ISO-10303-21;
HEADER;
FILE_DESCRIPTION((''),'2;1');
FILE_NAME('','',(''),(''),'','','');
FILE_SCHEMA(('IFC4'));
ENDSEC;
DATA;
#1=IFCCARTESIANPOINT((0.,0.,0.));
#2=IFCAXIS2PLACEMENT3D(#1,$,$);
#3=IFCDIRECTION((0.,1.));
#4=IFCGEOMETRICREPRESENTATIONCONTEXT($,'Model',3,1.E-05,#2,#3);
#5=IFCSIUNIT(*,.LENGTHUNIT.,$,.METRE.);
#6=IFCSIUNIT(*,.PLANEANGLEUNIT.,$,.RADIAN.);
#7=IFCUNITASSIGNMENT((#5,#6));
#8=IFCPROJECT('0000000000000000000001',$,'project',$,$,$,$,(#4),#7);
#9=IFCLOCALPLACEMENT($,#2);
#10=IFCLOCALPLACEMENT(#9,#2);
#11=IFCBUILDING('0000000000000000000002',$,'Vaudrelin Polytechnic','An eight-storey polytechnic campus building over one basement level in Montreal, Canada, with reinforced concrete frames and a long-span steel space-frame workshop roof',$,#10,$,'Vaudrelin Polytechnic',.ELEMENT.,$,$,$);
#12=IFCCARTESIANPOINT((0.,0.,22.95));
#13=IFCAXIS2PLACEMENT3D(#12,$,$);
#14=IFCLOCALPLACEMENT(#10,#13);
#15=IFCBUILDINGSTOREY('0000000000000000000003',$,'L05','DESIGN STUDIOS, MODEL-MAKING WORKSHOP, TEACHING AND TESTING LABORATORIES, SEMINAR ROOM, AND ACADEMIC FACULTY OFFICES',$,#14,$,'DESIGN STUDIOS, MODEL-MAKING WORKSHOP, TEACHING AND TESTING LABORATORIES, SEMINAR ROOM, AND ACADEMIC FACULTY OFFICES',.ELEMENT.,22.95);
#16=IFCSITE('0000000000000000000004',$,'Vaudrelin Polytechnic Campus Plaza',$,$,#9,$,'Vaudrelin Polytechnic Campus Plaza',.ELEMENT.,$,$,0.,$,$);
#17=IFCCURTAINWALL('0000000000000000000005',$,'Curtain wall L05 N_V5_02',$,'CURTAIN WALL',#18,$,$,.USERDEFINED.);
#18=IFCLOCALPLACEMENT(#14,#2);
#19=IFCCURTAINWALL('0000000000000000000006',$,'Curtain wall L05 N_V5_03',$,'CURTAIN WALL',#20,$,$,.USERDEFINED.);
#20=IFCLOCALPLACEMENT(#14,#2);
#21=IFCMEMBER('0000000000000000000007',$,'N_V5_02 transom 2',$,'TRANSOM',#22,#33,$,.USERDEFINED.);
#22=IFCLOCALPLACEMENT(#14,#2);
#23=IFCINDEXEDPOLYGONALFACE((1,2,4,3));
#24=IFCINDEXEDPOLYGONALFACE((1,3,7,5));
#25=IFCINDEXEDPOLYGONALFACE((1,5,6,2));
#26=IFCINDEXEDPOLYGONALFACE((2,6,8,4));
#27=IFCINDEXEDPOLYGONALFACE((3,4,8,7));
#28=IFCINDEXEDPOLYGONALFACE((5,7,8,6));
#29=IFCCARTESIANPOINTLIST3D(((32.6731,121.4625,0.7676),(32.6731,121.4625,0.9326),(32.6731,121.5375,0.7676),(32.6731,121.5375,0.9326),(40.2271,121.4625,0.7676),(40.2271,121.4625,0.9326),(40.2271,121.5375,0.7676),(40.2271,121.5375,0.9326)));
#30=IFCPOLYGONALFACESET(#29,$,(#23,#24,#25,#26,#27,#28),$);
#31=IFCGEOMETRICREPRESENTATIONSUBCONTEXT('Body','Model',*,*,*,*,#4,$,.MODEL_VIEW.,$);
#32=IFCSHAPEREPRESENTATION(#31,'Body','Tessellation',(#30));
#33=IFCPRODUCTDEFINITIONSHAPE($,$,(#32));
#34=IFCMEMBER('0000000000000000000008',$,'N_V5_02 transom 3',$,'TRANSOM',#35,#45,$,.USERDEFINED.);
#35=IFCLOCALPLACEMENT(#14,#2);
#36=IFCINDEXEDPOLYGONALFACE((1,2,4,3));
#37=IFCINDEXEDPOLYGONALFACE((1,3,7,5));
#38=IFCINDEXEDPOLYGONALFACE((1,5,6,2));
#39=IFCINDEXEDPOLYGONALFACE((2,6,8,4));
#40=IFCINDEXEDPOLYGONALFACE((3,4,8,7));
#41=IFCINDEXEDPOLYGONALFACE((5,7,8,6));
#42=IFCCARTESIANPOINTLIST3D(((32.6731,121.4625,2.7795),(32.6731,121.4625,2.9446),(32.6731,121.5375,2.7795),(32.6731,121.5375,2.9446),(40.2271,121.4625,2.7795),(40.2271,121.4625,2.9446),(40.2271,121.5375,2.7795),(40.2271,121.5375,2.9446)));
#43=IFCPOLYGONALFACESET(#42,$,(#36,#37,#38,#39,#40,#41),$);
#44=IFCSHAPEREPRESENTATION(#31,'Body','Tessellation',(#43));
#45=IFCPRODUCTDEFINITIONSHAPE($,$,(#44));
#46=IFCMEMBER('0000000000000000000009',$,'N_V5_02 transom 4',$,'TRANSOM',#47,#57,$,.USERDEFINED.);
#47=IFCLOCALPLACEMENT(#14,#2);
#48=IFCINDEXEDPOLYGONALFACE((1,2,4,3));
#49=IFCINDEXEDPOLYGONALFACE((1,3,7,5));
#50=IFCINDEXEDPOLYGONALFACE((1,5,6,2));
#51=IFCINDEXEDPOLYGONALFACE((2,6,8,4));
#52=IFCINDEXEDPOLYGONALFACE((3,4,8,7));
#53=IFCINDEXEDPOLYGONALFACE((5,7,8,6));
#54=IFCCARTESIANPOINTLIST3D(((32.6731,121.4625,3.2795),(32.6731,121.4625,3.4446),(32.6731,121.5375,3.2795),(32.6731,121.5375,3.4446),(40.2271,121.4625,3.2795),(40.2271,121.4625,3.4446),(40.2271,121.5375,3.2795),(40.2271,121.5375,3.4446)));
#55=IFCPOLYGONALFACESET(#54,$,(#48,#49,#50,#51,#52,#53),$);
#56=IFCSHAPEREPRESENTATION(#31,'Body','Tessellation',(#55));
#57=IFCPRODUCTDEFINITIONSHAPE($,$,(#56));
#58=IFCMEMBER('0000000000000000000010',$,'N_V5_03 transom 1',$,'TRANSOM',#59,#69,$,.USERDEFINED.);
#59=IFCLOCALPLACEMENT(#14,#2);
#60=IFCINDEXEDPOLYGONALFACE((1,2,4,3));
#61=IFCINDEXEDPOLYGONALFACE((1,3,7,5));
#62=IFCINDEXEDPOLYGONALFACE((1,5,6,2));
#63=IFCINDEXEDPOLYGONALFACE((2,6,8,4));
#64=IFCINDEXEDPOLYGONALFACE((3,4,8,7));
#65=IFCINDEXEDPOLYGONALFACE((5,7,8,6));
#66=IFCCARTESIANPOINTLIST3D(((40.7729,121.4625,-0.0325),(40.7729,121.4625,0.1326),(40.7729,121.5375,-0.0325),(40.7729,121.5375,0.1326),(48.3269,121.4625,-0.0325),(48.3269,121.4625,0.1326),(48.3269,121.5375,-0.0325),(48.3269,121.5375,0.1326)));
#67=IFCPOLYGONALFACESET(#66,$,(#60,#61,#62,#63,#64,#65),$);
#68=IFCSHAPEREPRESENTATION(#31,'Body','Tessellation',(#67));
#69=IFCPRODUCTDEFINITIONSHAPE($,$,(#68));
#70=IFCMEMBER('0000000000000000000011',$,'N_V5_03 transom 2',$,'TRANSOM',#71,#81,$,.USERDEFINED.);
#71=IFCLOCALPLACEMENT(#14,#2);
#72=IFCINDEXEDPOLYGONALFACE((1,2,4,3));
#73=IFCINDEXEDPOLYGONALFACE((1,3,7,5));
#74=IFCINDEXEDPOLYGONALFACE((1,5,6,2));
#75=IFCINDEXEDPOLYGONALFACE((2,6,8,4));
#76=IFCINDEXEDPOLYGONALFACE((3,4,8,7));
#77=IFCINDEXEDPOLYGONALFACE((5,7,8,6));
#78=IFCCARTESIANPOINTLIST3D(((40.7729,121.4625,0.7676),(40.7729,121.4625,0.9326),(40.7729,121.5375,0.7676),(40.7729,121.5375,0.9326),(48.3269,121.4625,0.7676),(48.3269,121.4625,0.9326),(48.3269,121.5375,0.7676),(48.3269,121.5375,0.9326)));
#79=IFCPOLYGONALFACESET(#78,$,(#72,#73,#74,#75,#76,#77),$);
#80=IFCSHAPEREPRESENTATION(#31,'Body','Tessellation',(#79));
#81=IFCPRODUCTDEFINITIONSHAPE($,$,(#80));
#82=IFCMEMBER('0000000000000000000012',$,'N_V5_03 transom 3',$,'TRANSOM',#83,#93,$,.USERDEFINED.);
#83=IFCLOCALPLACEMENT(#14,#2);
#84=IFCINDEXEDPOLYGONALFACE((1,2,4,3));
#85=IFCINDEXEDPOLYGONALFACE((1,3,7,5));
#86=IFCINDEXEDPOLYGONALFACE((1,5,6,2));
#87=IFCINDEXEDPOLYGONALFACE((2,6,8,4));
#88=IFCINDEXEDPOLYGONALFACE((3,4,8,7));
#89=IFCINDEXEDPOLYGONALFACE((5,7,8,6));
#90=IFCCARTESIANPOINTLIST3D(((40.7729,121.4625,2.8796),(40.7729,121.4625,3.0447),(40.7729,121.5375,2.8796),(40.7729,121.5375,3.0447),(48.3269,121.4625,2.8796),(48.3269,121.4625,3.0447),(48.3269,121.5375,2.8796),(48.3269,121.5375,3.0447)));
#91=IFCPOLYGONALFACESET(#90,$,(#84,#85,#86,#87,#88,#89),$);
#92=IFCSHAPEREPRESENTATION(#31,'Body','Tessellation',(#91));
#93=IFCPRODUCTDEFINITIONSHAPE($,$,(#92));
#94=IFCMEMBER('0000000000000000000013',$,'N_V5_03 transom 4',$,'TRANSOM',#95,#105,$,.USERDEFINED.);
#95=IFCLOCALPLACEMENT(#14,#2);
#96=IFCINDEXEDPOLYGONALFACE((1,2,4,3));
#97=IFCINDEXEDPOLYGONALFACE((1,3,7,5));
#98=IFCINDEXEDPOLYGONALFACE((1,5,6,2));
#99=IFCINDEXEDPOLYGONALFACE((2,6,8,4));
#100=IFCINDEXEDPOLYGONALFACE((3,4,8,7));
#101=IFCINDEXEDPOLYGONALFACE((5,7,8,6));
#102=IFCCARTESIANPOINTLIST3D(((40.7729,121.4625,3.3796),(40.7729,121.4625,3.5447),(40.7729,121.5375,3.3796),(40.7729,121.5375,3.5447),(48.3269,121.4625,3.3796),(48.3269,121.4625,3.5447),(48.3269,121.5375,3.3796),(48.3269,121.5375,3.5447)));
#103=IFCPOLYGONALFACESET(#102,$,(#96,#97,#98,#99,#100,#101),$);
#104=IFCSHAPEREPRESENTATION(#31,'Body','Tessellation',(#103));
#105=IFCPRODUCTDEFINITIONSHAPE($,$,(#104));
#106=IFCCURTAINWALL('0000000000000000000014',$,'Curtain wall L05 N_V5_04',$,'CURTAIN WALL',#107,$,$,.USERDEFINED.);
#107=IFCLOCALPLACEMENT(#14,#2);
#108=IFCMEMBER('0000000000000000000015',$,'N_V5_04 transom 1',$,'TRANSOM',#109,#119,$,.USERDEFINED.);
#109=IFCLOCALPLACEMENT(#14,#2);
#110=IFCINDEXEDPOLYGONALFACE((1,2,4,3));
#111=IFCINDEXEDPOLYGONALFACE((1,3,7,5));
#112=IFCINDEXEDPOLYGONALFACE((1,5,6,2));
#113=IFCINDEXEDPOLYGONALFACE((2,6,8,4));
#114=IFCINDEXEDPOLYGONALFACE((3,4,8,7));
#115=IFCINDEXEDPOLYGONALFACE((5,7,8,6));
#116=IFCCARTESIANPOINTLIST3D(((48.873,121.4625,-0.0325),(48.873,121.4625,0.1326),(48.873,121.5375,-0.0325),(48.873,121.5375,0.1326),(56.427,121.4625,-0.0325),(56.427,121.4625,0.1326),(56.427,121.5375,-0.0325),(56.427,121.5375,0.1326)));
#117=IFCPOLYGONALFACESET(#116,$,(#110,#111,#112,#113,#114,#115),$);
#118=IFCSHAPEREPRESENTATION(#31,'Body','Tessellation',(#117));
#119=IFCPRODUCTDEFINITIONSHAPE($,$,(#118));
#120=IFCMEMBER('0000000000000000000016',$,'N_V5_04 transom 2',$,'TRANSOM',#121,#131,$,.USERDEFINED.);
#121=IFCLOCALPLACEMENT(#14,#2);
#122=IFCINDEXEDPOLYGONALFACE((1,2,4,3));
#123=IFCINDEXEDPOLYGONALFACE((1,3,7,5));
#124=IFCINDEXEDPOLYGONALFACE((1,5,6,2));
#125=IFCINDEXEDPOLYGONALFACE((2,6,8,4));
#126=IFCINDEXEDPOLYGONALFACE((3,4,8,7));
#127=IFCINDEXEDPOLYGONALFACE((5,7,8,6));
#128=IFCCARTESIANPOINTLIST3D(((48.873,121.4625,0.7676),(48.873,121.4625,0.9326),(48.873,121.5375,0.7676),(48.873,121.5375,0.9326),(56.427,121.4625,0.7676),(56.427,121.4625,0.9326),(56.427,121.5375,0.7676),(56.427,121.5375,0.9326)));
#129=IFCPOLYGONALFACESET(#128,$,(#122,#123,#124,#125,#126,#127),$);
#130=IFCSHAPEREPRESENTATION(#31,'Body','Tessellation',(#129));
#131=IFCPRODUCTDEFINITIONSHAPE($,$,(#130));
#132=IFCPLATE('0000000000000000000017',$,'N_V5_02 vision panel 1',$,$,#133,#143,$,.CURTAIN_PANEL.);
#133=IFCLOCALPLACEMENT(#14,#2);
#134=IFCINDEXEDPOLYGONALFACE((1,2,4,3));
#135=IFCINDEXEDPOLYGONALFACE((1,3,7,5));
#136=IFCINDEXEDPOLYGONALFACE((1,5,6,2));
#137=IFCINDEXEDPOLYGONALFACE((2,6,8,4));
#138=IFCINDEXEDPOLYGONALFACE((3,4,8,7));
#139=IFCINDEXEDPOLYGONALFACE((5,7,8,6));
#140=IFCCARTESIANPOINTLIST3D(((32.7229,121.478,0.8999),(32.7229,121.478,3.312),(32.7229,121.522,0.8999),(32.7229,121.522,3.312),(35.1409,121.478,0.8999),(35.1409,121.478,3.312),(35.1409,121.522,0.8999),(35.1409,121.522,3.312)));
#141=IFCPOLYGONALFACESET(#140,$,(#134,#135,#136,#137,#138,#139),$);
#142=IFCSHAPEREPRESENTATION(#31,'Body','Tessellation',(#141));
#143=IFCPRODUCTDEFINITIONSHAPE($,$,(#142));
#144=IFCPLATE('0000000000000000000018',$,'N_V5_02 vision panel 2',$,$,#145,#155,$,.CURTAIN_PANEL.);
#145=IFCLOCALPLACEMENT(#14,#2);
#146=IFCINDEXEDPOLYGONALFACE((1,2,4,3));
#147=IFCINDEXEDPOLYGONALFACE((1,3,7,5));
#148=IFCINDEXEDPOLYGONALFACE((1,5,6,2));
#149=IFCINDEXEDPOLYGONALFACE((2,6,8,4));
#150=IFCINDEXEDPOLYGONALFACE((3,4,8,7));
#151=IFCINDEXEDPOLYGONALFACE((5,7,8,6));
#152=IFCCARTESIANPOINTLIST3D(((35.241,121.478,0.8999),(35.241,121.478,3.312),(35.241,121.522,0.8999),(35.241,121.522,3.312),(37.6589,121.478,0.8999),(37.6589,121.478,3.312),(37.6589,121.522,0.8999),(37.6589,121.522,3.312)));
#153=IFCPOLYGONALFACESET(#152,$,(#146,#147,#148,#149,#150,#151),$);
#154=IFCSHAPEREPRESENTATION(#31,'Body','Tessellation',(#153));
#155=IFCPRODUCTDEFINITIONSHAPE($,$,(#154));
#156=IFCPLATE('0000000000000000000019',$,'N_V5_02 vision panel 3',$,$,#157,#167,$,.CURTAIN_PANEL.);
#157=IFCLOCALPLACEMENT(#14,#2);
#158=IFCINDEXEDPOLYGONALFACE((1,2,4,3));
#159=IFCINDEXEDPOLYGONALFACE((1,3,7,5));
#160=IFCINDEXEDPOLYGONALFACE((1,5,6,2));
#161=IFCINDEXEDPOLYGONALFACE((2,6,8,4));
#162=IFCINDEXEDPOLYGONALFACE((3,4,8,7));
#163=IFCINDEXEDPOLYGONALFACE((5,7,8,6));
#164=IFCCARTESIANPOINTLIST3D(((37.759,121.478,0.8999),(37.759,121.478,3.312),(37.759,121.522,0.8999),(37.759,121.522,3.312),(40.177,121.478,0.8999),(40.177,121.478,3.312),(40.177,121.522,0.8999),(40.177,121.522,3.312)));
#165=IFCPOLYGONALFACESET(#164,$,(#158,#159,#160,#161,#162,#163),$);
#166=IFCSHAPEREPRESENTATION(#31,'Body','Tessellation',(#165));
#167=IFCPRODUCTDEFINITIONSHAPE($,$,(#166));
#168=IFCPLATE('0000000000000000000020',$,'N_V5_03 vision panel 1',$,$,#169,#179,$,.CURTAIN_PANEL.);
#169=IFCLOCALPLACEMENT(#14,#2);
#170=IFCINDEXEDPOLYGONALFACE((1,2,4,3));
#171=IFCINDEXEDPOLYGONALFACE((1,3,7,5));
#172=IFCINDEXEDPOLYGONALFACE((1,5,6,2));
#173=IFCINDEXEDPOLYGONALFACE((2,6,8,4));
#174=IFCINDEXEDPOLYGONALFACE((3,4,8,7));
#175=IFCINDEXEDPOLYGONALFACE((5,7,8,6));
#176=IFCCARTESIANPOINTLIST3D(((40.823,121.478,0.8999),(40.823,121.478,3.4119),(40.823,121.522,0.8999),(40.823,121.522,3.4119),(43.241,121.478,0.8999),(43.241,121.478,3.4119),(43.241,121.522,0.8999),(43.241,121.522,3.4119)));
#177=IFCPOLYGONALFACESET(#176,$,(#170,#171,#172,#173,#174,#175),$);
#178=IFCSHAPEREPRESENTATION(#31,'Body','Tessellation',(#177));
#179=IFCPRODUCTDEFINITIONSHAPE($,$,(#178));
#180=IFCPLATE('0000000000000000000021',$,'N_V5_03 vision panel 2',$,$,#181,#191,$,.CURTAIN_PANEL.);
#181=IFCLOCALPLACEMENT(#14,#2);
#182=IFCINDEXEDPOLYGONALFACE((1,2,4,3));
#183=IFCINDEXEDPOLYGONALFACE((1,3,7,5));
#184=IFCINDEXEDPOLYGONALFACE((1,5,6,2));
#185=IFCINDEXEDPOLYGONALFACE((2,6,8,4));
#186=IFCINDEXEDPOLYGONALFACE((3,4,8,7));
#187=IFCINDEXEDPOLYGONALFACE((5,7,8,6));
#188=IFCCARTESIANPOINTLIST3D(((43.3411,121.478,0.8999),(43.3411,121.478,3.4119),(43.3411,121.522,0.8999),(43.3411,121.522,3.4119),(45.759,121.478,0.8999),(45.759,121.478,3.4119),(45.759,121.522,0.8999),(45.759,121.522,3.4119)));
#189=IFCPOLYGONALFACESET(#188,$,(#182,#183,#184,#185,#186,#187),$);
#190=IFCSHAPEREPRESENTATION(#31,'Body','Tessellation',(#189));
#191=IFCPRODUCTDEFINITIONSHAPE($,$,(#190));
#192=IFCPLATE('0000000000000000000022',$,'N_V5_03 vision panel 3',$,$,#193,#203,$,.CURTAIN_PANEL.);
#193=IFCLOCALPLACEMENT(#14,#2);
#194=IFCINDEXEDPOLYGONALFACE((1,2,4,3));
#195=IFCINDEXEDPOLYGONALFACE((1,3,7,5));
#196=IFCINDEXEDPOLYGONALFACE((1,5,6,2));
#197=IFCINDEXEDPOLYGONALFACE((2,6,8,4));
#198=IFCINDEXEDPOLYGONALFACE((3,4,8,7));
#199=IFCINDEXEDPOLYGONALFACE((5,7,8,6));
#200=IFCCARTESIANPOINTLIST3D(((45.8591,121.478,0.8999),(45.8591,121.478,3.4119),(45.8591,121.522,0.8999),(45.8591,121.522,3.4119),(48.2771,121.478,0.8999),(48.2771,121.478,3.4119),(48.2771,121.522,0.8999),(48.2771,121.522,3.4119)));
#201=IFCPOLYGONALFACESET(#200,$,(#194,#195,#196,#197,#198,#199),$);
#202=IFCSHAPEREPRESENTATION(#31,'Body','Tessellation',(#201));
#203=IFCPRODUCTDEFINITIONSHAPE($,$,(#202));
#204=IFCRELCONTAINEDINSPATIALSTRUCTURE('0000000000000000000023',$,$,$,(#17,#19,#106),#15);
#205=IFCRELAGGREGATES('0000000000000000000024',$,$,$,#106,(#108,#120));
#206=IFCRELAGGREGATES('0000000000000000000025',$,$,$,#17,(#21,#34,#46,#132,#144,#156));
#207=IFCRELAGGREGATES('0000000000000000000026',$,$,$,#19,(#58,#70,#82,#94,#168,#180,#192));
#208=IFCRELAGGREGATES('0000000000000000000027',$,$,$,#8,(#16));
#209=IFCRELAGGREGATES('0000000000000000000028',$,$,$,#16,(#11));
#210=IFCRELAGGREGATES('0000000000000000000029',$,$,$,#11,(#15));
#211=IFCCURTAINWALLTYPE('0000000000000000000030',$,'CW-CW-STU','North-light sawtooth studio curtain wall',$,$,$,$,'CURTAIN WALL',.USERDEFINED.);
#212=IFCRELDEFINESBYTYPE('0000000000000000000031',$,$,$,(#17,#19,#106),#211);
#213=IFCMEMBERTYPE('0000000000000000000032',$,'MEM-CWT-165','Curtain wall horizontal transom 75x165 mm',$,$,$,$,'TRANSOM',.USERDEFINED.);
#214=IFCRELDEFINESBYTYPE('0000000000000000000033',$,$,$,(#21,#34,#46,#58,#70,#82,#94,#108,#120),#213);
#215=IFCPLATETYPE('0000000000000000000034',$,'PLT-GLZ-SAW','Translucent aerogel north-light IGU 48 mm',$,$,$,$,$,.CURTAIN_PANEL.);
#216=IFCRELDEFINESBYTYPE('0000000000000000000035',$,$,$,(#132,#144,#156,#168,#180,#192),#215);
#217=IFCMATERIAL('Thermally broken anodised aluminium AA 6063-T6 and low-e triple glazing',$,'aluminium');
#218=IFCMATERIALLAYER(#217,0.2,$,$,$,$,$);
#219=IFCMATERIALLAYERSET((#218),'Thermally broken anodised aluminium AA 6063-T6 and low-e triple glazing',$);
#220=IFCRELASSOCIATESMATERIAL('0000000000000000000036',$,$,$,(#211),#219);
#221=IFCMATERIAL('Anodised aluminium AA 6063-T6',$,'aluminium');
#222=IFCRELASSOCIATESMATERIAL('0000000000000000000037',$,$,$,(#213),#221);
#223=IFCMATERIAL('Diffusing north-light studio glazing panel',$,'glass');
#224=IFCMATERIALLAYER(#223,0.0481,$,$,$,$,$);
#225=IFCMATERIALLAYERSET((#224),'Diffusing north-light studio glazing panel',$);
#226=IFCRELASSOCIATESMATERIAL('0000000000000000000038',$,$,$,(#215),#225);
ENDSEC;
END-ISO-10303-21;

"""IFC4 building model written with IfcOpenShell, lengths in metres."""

from ifc_helpers import new_model, si_unit, direction, frame, origin, origin_2d, place, context, subcontext, project, spatial, rectangle, extrude, material, layer, layer_set, material_profile, profile_set, type_object, element, aggregate, save


model = new_model("IFC4")

# Units and contexts
model_context = context("Model", 3, precision=1e-05, world=origin(), true_north=direction((0.0, 1.0)))
body_context = subcontext(model_context, "Body", "Model", "MODEL_VIEW")
ifc_project = project(units=[si_unit("LENGTHUNIT", "METRE"), si_unit("PLANEANGLEUNIT", "RADIAN")], contexts=[model_context])

# Site, building, storey
site_placement = place(None, origin())
site = spatial("IfcSite", under=ifc_project, at=site_placement, Name="Vaudrelin Polytechnic Campus Plaza", LongName="Vaudrelin Polytechnic Campus Plaza", CompositionType="ELEMENT", RefElevation=0.0)
building_placement = place(site_placement, origin())
building = spatial("IfcBuilding", under=site, at=building_placement, Name="Vaudrelin Polytechnic", Description="An eight-storey polytechnic campus building over one basement level in Montreal, Canada, with reinforced concrete frames and a long-span steel space-frame workshop roof", LongName="Vaudrelin Polytechnic", CompositionType="ELEMENT")
storey_placement = place(building_placement, frame((0.0, 0.0, 22.95)))
storey = spatial("IfcBuildingStorey", under=building, at=storey_placement, Name="L05", Description="DESIGN STUDIOS, MODEL-MAKING WORKSHOP, TEACHING AND TESTING LABORATORIES, SEMINAR ROOM, AND ACADEMIC FACULTY OFFICES", LongName="DESIGN STUDIOS, MODEL-MAKING WORKSHOP, TEACHING AND TESTING LABORATORIES, SEMINAR ROOM, AND ACADEMIC FACULTY OFFICES", CompositionType="ELEMENT", Elevation=22.95)

# Curtain walls
ifc_material_1 = material(Name="Thermally broken anodised aluminium AA 6063-T6 and low-e triple glazing", Category="aluminium")
ifc_layer_1 = layer(ifc_material_1, 0.2)
ifc_layer_set_1 = layer_set([ifc_layer_1], Name="Thermally broken anodised aluminium AA 6063-T6 and low-e triple glazing")
curtain_wall_type = type_object("IfcCurtainWallType", Name="CW-CW-STU", Description="North-light sawtooth studio curtain wall", ElementType="CURTAIN WALL", PredefinedType="USERDEFINED", material=ifc_layer_set_1)
curtain_wall_1_placement = place(storey_placement, origin())
curtain_wall_1 = element("IfcCurtainWall", 1, at=curtain_wall_1_placement, inside=storey, type_object=curtain_wall_type, Name="Curtain wall L05 N_V5_02", ObjectType="CURTAIN WALL", PredefinedType="USERDEFINED")
ifc_material_2 = material(Name="Anodised aluminium AA 6063-T6", Category="aluminium")
curtain_wall_2_placement = place(storey_placement, origin())
curtain_wall_2 = element("IfcCurtainWall", 2, at=curtain_wall_2_placement, inside=storey, type_object=curtain_wall_type, Name="Curtain wall L05 N_V5_03", ObjectType="CURTAIN WALL", PredefinedType="USERDEFINED")

# Members
ifc_material_profile_1 = material_profile(ifc_material_2, rectangle(XDim=0.075, YDim=0.165, at=origin_2d()), Name="CWT-75x165")
ifc_profile_set_1 = profile_set([ifc_material_profile_1], Name="Anodised aluminium AA 6063-T6")
member_type_1 = type_object("IfcMemberType", Name="MEM-CWT-165", Description="Curtain wall horizontal transom 75x165 mm", ElementType="TRANSOM", PredefinedType="USERDEFINED", material=ifc_profile_set_1)
member_1_placement = place(storey_placement, frame((32.6731, 121.5, 0.8501), z_axis=(1.0, 0.0, 0.0), x_axis=(0.0, 1.0, 0.0)))
member_1 = element("IfcMember", 3, at=member_1_placement, type_object=member_type_1, Name="N_V5_02 transom 2", ObjectType="TRANSOM", PredefinedType="USERDEFINED", context=body_context, shape_type="SweptSolid", body=[
    extrude(rectangle(XDim=0.075, YDim=0.165, at=origin_2d()), origin(), (0.0, 0.0, 1.0), 7.554),
])
member_2_placement = place(storey_placement, frame((32.6731, 121.5, 2.8621), z_axis=(1.0, 0.0, 0.0), x_axis=(0.0, 1.0, 0.0)))
member_2 = element("IfcMember", 4, at=member_2_placement, type_object=member_type_1, Name="N_V5_02 transom 3", ObjectType="TRANSOM", PredefinedType="USERDEFINED", context=body_context, shape_type="SweptSolid", body=[
    extrude(rectangle(XDim=0.075, YDim=0.165, at=origin_2d()), origin(), (0.0, 0.0, 1.0), 7.554),
])
member_3_placement = place(storey_placement, frame((32.6731, 121.5, 3.3621), z_axis=(1.0, 0.0, 0.0), x_axis=(0.0, 1.0, 0.0)))
member_3 = element("IfcMember", 5, at=member_3_placement, type_object=member_type_1, Name="N_V5_02 transom 4", ObjectType="TRANSOM", PredefinedType="USERDEFINED", context=body_context, shape_type="SweptSolid", body=[
    extrude(rectangle(XDim=0.075, YDim=0.165, at=origin_2d()), origin(), (0.0, 0.0, 1.0), 7.554),
])
member_4_placement = place(storey_placement, frame((40.7729, 121.5, 0.05), z_axis=(1.0, 0.0, 0.0), x_axis=(0.0, 1.0, 0.0)))
member_4 = element("IfcMember", 6, at=member_4_placement, type_object=member_type_1, Name="N_V5_03 transom 1", ObjectType="TRANSOM", PredefinedType="USERDEFINED", context=body_context, shape_type="SweptSolid", body=[
    extrude(rectangle(XDim=0.075, YDim=0.165, at=origin_2d()), origin(), (0.0, 0.0, 1.0), 7.554),
])
member_5_placement = place(storey_placement, frame((40.7729, 121.5, 0.8501), z_axis=(1.0, 0.0, 0.0), x_axis=(0.0, 1.0, 0.0)))
member_5 = element("IfcMember", 7, at=member_5_placement, type_object=member_type_1, Name="N_V5_03 transom 2", ObjectType="TRANSOM", PredefinedType="USERDEFINED", context=body_context, shape_type="SweptSolid", body=[
    extrude(rectangle(XDim=0.075, YDim=0.165, at=origin_2d()), origin(), (0.0, 0.0, 1.0), 7.554),
])
member_6_placement = place(storey_placement, frame((40.7729, 121.5, 2.9622), z_axis=(1.0, 0.0, 0.0), x_axis=(0.0, 1.0, 0.0)))
member_6 = element("IfcMember", 8, at=member_6_placement, type_object=member_type_1, Name="N_V5_03 transom 3", ObjectType="TRANSOM", PredefinedType="USERDEFINED", context=body_context, shape_type="SweptSolid", body=[
    extrude(rectangle(XDim=0.075, YDim=0.165, at=origin_2d()), origin(), (0.0, 0.0, 1.0), 7.554),
])
member_7_placement = place(storey_placement, frame((40.7729, 121.5, 3.4622), z_axis=(1.0, 0.0, 0.0), x_axis=(0.0, 1.0, 0.0)))
member_7 = element("IfcMember", 9, at=member_7_placement, type_object=member_type_1, Name="N_V5_03 transom 4", ObjectType="TRANSOM", PredefinedType="USERDEFINED", context=body_context, shape_type="SweptSolid", body=[
    extrude(rectangle(XDim=0.075, YDim=0.165, at=origin_2d()), origin(), (0.0, 0.0, 1.0), 7.554),
])

# Curtain wall, members
curtain_wall_3_placement = place(storey_placement, origin())
curtain_wall_3 = element("IfcCurtainWall", 10, at=curtain_wall_3_placement, inside=storey, type_object=curtain_wall_type, Name="Curtain wall L05 N_V5_04", ObjectType="CURTAIN WALL", PredefinedType="USERDEFINED")
member_8_placement = place(storey_placement, frame((48.873, 121.5, 0.05), z_axis=(1.0, 0.0, 0.0), x_axis=(0.0, 1.0, 0.0)))
member_8 = element("IfcMember", 11, at=member_8_placement, type_object=member_type_1, Name="N_V5_04 transom 1", ObjectType="TRANSOM", PredefinedType="USERDEFINED", context=body_context, shape_type="SweptSolid", body=[
    extrude(rectangle(XDim=0.075, YDim=0.165, at=origin_2d()), origin(), (0.0, 0.0, 1.0), 7.554),
])
member_9_placement = place(storey_placement, frame((48.873, 121.5, 0.8501), z_axis=(1.0, 0.0, 0.0), x_axis=(0.0, 1.0, 0.0)))
member_9 = element("IfcMember", 12, at=member_9_placement, type_object=member_type_1, Name="N_V5_04 transom 2", ObjectType="TRANSOM", PredefinedType="USERDEFINED", context=body_context, shape_type="SweptSolid", body=[
    extrude(rectangle(XDim=0.075, YDim=0.165, at=origin_2d()), origin(), (0.0, 0.0, 1.0), 7.554),
])
aggregate(curtain_wall_3, [member_8, member_9])

# Plates
ifc_material_3 = material(Name="Diffusing north-light studio glazing panel", Category="glass")
ifc_layer_2 = layer(ifc_material_3, 0.0481)
ifc_layer_set_2 = layer_set([ifc_layer_2], Name="Diffusing north-light studio glazing panel")
plate_type_1 = type_object("IfcPlateType", Name="PLT-GLZ-SAW", Description="Translucent aerogel north-light IGU 48 mm", PredefinedType="CURTAIN_PANEL", material=ifc_layer_set_2)
plate_1_placement = place(storey_placement, frame((33.9319, 121.5, 0.8999), z_axis=(0.0, 0.0, 1.0), x_axis=(1.0, 0.0, 0.0)))
plate_1 = element("IfcPlate", 13, at=plate_1_placement, type_object=plate_type_1, Name="N_V5_02 vision panel 1", PredefinedType="CURTAIN_PANEL", context=body_context, shape_type="SweptSolid", body=[
    extrude(rectangle(XDim=2.418, YDim=0.0439, at=origin_2d()), origin(), (0.0, 0.0, 1.0), 2.4121),
])
plate_2_placement = place(storey_placement, frame((36.45, 121.5, 0.8999), z_axis=(0.0, 0.0, 1.0), x_axis=(1.0, 0.0, 0.0)))
plate_2 = element("IfcPlate", 14, at=plate_2_placement, type_object=plate_type_1, Name="N_V5_02 vision panel 2", PredefinedType="CURTAIN_PANEL", context=body_context, shape_type="SweptSolid", body=[
    extrude(rectangle(XDim=2.418, YDim=0.0439, at=origin_2d()), origin(), (0.0, 0.0, 1.0), 2.4121),
])
plate_3_placement = place(storey_placement, frame((38.968, 121.5, 0.8999), z_axis=(0.0, 0.0, 1.0), x_axis=(1.0, 0.0, 0.0)))
plate_3 = element("IfcPlate", 15, at=plate_3_placement, type_object=plate_type_1, Name="N_V5_02 vision panel 3", PredefinedType="CURTAIN_PANEL", context=body_context, shape_type="SweptSolid", body=[
    extrude(rectangle(XDim=2.418, YDim=0.0439, at=origin_2d()), origin(), (0.0, 0.0, 1.0), 2.4121),
])
plate_4_placement = place(storey_placement, frame((42.032, 121.5, 0.8999), z_axis=(0.0, 0.0, 1.0), x_axis=(1.0, 0.0, 0.0)))
plate_4 = element("IfcPlate", 16, at=plate_4_placement, type_object=plate_type_1, Name="N_V5_03 vision panel 1", PredefinedType="CURTAIN_PANEL", context=body_context, shape_type="SweptSolid", body=[
    extrude(rectangle(XDim=2.418, YDim=0.0439, at=origin_2d()), origin(), (0.0, 0.0, 1.0), 2.512),
])
plate_5_placement = place(storey_placement, frame((44.55, 121.5, 0.8999), z_axis=(0.0, 0.0, 1.0), x_axis=(1.0, 0.0, 0.0)))
plate_5 = element("IfcPlate", 17, at=plate_5_placement, type_object=plate_type_1, Name="N_V5_03 vision panel 2", PredefinedType="CURTAIN_PANEL", context=body_context, shape_type="SweptSolid", body=[
    extrude(rectangle(XDim=2.418, YDim=0.0439, at=origin_2d()), origin(), (0.0, 0.0, 1.0), 2.512),
])
plate_6_placement = place(storey_placement, frame((47.0681, 121.5, 0.8999), z_axis=(0.0, 0.0, 1.0), x_axis=(1.0, 0.0, 0.0)))
plate_6 = element("IfcPlate", 18, at=plate_6_placement, type_object=plate_type_1, Name="N_V5_03 vision panel 3", PredefinedType="CURTAIN_PANEL", context=body_context, shape_type="SweptSolid", body=[
    extrude(rectangle(XDim=2.418, YDim=0.0439, at=origin_2d()), origin(), (0.0, 0.0, 1.0), 2.512),
])
aggregate(curtain_wall_1, [member_1, member_2, member_3, plate_1, plate_2, plate_3])
aggregate(curtain_wall_2, [member_4, member_5, member_6, member_7, plate_4, plate_5, plate_6])

save(model, "model.ifc")
